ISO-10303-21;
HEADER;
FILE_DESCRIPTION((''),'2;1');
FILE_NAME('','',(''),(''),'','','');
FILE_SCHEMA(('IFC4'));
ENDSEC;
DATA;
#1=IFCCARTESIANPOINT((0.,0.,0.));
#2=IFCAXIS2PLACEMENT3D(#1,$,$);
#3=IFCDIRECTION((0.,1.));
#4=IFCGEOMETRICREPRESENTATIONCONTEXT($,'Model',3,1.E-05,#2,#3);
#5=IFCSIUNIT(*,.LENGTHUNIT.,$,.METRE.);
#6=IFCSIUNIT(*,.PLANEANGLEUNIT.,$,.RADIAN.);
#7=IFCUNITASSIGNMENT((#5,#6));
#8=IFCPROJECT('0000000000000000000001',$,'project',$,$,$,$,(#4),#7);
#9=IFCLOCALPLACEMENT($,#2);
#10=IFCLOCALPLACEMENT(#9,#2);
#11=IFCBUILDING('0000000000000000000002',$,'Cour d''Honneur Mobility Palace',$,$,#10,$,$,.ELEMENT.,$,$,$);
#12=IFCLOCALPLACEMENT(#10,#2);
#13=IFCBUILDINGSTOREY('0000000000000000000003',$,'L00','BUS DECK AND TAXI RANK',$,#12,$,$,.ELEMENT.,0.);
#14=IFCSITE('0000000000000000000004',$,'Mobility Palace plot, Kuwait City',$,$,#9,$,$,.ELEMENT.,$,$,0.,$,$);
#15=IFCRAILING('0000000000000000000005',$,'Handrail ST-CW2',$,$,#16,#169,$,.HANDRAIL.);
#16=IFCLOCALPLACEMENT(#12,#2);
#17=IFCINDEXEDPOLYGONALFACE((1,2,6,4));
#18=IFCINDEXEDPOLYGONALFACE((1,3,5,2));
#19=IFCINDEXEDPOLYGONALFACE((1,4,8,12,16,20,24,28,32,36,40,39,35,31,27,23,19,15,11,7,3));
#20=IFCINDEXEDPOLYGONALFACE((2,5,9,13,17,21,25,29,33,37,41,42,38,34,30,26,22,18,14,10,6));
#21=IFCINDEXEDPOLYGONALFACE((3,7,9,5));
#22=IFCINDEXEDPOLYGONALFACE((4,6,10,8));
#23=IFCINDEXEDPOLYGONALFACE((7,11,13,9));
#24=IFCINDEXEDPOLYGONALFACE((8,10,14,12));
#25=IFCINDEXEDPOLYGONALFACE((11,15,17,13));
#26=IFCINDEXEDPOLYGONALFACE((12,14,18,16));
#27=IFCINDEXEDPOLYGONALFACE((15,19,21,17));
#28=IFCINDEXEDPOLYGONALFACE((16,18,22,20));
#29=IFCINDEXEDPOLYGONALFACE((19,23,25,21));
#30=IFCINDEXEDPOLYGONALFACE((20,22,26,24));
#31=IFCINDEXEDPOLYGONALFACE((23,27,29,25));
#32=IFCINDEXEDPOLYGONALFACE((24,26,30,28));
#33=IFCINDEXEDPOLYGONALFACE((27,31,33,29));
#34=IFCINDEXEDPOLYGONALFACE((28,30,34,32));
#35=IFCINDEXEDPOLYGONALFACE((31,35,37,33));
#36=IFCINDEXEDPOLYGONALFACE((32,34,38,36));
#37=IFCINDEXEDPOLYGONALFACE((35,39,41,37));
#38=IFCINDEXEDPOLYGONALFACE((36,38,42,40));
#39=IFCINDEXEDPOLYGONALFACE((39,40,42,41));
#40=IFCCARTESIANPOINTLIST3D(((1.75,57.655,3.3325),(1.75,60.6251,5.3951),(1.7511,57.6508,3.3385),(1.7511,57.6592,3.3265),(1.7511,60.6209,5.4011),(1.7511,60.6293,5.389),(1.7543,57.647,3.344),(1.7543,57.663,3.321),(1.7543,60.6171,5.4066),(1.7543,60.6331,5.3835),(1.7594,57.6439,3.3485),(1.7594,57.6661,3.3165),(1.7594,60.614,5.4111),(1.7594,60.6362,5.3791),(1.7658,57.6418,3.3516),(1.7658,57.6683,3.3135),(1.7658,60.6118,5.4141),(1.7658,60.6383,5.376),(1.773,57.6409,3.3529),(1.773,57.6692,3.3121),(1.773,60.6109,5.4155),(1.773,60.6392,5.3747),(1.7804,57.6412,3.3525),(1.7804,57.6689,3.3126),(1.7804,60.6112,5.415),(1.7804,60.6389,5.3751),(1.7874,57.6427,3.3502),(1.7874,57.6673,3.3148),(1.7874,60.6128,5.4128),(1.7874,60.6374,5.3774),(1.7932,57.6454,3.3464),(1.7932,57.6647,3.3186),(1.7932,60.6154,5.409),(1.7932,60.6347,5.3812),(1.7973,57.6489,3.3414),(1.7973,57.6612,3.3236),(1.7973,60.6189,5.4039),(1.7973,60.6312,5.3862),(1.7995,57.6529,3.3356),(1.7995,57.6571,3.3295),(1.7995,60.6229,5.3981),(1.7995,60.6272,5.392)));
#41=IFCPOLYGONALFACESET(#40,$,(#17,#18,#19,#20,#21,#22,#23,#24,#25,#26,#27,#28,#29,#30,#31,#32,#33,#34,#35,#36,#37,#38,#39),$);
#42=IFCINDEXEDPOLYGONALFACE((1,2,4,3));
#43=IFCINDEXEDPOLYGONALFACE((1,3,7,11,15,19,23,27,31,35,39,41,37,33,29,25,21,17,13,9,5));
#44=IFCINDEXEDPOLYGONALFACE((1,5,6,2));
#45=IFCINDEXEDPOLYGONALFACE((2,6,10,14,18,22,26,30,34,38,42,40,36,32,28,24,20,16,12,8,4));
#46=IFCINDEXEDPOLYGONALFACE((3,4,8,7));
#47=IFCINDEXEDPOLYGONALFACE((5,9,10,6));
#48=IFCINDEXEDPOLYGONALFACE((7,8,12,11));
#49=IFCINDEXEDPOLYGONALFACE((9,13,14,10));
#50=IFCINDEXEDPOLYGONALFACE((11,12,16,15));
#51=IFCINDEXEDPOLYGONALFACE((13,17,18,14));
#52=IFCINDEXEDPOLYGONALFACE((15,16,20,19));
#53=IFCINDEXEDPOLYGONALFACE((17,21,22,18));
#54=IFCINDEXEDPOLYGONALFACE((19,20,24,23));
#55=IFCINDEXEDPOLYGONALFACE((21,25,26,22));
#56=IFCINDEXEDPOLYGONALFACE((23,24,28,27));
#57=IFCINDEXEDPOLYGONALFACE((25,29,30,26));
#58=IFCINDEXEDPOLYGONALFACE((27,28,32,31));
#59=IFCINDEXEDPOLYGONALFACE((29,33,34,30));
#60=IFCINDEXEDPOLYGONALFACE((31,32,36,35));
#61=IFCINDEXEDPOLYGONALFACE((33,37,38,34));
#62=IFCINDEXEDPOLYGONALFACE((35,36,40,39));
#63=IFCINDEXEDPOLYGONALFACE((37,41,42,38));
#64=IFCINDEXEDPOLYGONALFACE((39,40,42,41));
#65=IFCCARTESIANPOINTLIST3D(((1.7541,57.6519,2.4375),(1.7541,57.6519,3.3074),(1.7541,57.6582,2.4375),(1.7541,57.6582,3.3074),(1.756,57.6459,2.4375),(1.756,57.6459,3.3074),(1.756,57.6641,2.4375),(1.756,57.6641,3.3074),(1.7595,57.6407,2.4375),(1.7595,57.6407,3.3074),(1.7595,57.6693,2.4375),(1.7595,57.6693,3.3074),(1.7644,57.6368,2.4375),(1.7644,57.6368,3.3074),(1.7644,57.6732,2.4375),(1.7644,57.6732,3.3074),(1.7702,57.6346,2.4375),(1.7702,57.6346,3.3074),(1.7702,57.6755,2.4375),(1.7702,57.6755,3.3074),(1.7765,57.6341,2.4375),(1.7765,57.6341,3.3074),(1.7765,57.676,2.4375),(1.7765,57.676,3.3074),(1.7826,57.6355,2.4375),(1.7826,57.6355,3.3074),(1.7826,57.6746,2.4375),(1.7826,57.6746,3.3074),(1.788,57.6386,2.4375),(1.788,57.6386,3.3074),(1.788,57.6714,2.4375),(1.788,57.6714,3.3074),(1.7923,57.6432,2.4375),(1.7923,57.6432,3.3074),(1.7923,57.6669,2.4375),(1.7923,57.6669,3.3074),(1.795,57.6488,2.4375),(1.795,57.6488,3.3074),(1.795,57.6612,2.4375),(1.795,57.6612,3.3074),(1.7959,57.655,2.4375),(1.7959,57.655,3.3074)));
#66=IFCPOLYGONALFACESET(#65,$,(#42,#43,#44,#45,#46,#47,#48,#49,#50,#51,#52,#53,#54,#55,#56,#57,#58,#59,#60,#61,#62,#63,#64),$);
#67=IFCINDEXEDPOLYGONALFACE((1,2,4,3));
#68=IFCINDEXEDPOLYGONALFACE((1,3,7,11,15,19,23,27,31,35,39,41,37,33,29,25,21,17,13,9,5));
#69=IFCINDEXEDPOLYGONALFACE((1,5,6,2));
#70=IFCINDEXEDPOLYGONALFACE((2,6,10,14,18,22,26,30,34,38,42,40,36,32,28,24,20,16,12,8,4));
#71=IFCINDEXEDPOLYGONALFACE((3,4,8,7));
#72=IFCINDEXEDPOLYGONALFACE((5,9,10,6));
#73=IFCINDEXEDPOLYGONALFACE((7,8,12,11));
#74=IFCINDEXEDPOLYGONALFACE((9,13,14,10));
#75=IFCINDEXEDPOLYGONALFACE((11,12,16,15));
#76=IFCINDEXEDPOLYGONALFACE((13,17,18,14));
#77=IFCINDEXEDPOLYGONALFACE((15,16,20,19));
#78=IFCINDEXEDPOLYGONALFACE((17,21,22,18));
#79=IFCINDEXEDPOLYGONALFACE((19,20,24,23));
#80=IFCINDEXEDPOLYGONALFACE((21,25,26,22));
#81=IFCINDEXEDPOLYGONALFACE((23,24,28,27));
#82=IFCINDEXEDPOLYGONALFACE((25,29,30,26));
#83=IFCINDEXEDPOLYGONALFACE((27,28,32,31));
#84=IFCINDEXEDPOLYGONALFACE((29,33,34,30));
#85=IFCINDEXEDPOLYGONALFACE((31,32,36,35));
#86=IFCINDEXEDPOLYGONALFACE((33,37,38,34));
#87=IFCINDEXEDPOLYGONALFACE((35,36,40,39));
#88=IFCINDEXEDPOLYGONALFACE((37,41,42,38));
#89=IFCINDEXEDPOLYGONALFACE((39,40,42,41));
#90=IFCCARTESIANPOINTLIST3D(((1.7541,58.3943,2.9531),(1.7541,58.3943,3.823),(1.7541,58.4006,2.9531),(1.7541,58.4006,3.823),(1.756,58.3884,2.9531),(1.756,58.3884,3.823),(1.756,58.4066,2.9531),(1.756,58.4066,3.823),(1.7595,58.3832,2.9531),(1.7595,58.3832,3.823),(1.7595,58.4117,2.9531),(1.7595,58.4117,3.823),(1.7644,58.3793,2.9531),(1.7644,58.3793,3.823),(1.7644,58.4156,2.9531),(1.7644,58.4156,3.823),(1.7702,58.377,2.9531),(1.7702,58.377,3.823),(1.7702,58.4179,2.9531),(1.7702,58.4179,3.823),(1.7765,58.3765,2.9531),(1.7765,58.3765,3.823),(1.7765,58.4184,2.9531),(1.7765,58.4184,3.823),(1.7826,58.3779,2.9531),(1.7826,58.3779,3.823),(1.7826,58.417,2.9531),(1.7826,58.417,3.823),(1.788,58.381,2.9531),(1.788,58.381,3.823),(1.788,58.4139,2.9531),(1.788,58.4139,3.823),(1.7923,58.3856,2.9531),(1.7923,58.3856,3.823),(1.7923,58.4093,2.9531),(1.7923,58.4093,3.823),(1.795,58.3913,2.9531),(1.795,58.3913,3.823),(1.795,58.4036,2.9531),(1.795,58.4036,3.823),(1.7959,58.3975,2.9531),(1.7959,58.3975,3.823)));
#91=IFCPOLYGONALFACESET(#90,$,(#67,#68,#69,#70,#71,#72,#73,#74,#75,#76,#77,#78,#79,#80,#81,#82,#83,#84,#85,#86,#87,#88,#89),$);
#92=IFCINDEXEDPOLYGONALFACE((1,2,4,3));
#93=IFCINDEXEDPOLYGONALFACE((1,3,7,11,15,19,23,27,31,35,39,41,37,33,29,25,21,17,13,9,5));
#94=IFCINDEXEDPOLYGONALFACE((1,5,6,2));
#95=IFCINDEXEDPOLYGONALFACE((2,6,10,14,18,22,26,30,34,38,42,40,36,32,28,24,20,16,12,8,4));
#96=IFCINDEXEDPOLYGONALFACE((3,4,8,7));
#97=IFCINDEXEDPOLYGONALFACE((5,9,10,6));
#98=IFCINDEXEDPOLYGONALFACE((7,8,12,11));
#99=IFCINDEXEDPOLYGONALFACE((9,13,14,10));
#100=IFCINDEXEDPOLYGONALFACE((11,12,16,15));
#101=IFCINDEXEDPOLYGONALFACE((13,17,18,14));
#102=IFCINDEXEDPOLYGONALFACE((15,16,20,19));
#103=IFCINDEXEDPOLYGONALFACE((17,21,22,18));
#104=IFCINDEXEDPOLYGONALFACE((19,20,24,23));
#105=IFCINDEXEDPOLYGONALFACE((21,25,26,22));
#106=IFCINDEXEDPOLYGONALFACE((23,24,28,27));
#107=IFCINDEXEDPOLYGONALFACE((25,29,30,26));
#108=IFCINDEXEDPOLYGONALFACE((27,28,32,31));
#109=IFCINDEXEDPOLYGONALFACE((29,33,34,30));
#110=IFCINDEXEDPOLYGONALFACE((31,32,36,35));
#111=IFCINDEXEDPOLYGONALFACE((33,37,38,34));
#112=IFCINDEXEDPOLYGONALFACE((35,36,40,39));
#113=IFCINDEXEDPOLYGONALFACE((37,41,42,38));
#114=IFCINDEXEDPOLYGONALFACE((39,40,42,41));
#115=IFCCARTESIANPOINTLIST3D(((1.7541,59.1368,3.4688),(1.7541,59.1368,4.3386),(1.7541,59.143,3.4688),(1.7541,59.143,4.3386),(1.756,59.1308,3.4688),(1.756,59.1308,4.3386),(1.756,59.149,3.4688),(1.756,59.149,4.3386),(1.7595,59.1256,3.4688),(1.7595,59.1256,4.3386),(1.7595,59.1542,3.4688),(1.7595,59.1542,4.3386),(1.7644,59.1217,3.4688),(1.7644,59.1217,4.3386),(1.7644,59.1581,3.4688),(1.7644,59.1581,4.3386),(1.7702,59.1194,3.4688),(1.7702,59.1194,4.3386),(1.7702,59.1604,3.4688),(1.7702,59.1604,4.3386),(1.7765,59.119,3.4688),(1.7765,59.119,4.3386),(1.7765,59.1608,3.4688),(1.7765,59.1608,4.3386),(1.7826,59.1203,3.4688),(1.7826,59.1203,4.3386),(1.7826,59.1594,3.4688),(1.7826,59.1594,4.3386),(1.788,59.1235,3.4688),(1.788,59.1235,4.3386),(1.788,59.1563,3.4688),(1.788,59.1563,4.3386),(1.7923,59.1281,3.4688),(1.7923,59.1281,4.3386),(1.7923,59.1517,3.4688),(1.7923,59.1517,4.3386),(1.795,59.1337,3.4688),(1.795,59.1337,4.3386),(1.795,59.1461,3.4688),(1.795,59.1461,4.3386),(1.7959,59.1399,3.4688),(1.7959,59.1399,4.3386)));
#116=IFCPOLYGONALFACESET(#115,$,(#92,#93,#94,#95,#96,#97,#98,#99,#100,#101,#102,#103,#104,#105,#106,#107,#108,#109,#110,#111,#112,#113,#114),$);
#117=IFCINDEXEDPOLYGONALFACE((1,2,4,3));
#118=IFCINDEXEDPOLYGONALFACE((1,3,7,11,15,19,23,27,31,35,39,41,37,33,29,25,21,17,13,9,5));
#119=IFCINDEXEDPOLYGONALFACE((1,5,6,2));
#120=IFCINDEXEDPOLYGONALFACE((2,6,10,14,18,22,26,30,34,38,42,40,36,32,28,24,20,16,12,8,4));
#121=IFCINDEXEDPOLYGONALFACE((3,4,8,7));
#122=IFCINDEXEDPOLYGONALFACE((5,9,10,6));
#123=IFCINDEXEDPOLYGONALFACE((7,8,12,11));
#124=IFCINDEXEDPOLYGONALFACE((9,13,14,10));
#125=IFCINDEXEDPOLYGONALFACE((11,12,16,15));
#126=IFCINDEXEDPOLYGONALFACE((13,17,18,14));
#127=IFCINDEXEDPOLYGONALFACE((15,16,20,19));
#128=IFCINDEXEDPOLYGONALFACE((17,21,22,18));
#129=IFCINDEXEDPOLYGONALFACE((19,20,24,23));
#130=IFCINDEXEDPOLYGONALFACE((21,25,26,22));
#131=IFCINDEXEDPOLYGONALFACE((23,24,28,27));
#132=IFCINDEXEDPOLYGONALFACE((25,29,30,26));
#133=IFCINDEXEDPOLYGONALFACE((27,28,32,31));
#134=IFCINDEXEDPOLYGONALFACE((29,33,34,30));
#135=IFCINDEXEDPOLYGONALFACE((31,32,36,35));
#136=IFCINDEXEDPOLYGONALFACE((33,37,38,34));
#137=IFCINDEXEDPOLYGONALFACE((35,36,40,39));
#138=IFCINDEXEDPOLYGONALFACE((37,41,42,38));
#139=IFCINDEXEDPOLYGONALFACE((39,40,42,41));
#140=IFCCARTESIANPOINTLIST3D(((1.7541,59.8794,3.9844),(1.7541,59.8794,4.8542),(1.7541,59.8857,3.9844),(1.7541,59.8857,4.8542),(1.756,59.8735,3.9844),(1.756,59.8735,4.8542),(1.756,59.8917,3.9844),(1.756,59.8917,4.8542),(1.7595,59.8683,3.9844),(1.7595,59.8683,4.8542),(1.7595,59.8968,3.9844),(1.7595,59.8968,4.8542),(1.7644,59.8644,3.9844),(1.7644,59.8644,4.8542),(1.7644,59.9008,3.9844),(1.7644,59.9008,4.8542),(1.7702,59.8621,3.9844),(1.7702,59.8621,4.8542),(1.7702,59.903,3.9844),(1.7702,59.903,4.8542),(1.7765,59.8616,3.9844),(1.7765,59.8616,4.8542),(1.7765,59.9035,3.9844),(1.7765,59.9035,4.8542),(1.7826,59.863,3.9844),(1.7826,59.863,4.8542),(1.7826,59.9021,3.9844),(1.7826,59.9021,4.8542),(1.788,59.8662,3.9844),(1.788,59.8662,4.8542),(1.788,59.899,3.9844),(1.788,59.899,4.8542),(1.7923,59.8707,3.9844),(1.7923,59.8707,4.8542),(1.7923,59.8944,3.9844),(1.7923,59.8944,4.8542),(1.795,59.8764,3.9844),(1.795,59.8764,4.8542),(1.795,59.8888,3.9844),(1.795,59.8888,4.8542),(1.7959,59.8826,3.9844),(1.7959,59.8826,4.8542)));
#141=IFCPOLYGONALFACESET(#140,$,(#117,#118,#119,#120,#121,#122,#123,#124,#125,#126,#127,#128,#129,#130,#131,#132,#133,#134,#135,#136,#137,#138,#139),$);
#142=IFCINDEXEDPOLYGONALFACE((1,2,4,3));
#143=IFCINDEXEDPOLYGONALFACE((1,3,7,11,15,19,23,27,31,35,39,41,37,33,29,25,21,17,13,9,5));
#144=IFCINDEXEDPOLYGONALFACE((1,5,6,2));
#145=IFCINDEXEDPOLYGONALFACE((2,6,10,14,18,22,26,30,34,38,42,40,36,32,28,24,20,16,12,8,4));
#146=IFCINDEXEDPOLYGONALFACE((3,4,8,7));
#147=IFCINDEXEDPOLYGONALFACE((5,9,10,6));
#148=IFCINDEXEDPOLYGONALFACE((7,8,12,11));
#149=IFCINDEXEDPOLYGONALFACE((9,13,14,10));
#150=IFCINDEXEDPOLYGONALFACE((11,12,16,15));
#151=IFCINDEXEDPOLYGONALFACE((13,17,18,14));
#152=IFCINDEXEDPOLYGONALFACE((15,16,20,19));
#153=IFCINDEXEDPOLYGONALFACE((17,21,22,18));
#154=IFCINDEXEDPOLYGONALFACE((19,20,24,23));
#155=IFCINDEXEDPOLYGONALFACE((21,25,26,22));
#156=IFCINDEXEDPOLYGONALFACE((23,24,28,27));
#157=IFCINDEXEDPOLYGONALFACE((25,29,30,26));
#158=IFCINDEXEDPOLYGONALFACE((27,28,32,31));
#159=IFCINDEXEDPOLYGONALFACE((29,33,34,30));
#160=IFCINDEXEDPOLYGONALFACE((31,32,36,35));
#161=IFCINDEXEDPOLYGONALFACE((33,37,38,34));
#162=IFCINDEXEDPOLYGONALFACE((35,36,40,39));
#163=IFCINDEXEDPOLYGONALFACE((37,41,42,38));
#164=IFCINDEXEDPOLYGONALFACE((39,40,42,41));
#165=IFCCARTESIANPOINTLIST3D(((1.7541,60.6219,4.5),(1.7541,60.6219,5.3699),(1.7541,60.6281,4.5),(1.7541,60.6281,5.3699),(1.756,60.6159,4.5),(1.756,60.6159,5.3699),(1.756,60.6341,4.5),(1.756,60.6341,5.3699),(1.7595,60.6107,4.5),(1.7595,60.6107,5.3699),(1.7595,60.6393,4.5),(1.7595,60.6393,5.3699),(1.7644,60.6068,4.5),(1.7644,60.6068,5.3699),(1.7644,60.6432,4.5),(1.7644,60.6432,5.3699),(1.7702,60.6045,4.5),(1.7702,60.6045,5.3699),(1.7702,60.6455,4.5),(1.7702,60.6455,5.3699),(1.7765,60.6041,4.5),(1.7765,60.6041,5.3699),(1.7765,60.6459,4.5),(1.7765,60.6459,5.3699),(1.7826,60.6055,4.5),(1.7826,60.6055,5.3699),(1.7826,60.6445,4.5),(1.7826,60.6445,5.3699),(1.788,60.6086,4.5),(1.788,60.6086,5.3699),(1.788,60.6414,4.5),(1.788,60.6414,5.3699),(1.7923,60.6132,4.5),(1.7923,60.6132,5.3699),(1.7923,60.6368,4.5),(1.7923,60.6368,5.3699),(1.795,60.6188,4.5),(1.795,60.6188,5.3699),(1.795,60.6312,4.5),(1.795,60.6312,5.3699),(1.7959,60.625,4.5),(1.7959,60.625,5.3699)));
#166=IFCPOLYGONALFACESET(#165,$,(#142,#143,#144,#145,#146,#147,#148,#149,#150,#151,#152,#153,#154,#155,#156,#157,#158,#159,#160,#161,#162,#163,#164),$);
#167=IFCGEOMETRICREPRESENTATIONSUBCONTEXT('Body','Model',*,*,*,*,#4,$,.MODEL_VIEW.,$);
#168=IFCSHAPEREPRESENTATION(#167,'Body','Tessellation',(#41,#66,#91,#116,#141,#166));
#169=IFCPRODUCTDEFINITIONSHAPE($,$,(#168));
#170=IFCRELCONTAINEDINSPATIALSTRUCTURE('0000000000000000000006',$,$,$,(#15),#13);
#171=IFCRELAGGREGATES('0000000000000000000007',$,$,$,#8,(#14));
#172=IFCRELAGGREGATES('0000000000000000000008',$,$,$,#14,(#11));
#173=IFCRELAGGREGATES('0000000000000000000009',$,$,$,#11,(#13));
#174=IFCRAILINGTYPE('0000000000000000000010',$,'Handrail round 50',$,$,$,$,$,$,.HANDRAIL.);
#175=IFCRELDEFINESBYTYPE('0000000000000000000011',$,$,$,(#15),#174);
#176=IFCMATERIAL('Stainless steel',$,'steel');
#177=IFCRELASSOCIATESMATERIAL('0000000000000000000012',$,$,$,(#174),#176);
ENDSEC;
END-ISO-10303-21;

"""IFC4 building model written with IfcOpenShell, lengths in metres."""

from ifc_helpers import new_model, si_unit, direction, frame, origin, origin_2d, place, context, subcontext, project, spatial, circle, extrude, material, type_object, element, save


model = new_model("IFC4")

# Units and contexts
model_context = context("Model", 3, precision=1e-05, world=origin(), true_north=direction((0.0, 1.0)))
body_context = subcontext(model_context, "Body", "Model", "MODEL_VIEW")
ifc_project = project(units=[si_unit("LENGTHUNIT", "METRE"), si_unit("PLANEANGLEUNIT", "RADIAN")], contexts=[model_context])

# Site, building, storey
site_placement = place(None, origin())
site = spatial("IfcSite", under=ifc_project, at=site_placement, Name="Mobility Palace plot, Kuwait City", CompositionType="ELEMENT", RefElevation=0.0)
building_placement = place(site_placement, origin())
building = spatial("IfcBuilding", under=site, at=building_placement, Name="Cour d'Honneur Mobility Palace", CompositionType="ELEMENT")
storey_placement = place(building_placement, origin())
storey = spatial("IfcBuildingStorey", under=building, at=storey_placement, Name="L00", Description="BUS DECK AND TAXI RANK", CompositionType="ELEMENT", Elevation=0.0)

# Railing
ifc_material_1 = material(Name="Stainless steel", Category="steel")
railing_type_1 = type_object("IfcRailingType", Name="Handrail round 50", PredefinedType="HANDRAIL", material=ifc_material_1)
for number, where, name in (
    (1, (1.7749, 57.655, 2.4375), "Handrail ST-CW2"),
):
    element("IfcRailing", number, at=place(storey_placement, frame(where)), inside=storey, type_object=railing_type_1, Name=name, PredefinedType="HANDRAIL", context=body_context, shape_type="SweptSolid", body=[
        extrude(circle(Radius=0.0249, at=origin_2d()), frame((0.0, 0.0, 0.895), z_axis=(0.0, 0.821367, 0.5704), x_axis=(-1.0, 0.0, 0.0)), (0.0, 0.0, 1.0), 3.616),
        extrude(circle(Radius=0.021, at=origin_2d()), origin(), (0.0, 0.0, 1.0), 0.8699),
        extrude(circle(Radius=0.021, at=origin_2d()), frame((0.0, 0.7424, 0.5156)), (0.0, 0.0, 1.0), 0.8699),
        extrude(circle(Radius=0.021, at=origin_2d()), frame((0.0, 1.4849, 1.0312)), (0.0, 0.0, 1.0), 0.8699),
        extrude(circle(Radius=0.021, at=origin_2d()), frame((0.0, 2.2275, 1.5469)), (0.0, 0.0, 1.0), 0.8699),
        extrude(circle(Radius=0.021, at=origin_2d()), frame((0.0, 2.97, 2.0625)), (0.0, 0.0, 1.0), 0.8699),
    ])

save(model, "model.ifc")
